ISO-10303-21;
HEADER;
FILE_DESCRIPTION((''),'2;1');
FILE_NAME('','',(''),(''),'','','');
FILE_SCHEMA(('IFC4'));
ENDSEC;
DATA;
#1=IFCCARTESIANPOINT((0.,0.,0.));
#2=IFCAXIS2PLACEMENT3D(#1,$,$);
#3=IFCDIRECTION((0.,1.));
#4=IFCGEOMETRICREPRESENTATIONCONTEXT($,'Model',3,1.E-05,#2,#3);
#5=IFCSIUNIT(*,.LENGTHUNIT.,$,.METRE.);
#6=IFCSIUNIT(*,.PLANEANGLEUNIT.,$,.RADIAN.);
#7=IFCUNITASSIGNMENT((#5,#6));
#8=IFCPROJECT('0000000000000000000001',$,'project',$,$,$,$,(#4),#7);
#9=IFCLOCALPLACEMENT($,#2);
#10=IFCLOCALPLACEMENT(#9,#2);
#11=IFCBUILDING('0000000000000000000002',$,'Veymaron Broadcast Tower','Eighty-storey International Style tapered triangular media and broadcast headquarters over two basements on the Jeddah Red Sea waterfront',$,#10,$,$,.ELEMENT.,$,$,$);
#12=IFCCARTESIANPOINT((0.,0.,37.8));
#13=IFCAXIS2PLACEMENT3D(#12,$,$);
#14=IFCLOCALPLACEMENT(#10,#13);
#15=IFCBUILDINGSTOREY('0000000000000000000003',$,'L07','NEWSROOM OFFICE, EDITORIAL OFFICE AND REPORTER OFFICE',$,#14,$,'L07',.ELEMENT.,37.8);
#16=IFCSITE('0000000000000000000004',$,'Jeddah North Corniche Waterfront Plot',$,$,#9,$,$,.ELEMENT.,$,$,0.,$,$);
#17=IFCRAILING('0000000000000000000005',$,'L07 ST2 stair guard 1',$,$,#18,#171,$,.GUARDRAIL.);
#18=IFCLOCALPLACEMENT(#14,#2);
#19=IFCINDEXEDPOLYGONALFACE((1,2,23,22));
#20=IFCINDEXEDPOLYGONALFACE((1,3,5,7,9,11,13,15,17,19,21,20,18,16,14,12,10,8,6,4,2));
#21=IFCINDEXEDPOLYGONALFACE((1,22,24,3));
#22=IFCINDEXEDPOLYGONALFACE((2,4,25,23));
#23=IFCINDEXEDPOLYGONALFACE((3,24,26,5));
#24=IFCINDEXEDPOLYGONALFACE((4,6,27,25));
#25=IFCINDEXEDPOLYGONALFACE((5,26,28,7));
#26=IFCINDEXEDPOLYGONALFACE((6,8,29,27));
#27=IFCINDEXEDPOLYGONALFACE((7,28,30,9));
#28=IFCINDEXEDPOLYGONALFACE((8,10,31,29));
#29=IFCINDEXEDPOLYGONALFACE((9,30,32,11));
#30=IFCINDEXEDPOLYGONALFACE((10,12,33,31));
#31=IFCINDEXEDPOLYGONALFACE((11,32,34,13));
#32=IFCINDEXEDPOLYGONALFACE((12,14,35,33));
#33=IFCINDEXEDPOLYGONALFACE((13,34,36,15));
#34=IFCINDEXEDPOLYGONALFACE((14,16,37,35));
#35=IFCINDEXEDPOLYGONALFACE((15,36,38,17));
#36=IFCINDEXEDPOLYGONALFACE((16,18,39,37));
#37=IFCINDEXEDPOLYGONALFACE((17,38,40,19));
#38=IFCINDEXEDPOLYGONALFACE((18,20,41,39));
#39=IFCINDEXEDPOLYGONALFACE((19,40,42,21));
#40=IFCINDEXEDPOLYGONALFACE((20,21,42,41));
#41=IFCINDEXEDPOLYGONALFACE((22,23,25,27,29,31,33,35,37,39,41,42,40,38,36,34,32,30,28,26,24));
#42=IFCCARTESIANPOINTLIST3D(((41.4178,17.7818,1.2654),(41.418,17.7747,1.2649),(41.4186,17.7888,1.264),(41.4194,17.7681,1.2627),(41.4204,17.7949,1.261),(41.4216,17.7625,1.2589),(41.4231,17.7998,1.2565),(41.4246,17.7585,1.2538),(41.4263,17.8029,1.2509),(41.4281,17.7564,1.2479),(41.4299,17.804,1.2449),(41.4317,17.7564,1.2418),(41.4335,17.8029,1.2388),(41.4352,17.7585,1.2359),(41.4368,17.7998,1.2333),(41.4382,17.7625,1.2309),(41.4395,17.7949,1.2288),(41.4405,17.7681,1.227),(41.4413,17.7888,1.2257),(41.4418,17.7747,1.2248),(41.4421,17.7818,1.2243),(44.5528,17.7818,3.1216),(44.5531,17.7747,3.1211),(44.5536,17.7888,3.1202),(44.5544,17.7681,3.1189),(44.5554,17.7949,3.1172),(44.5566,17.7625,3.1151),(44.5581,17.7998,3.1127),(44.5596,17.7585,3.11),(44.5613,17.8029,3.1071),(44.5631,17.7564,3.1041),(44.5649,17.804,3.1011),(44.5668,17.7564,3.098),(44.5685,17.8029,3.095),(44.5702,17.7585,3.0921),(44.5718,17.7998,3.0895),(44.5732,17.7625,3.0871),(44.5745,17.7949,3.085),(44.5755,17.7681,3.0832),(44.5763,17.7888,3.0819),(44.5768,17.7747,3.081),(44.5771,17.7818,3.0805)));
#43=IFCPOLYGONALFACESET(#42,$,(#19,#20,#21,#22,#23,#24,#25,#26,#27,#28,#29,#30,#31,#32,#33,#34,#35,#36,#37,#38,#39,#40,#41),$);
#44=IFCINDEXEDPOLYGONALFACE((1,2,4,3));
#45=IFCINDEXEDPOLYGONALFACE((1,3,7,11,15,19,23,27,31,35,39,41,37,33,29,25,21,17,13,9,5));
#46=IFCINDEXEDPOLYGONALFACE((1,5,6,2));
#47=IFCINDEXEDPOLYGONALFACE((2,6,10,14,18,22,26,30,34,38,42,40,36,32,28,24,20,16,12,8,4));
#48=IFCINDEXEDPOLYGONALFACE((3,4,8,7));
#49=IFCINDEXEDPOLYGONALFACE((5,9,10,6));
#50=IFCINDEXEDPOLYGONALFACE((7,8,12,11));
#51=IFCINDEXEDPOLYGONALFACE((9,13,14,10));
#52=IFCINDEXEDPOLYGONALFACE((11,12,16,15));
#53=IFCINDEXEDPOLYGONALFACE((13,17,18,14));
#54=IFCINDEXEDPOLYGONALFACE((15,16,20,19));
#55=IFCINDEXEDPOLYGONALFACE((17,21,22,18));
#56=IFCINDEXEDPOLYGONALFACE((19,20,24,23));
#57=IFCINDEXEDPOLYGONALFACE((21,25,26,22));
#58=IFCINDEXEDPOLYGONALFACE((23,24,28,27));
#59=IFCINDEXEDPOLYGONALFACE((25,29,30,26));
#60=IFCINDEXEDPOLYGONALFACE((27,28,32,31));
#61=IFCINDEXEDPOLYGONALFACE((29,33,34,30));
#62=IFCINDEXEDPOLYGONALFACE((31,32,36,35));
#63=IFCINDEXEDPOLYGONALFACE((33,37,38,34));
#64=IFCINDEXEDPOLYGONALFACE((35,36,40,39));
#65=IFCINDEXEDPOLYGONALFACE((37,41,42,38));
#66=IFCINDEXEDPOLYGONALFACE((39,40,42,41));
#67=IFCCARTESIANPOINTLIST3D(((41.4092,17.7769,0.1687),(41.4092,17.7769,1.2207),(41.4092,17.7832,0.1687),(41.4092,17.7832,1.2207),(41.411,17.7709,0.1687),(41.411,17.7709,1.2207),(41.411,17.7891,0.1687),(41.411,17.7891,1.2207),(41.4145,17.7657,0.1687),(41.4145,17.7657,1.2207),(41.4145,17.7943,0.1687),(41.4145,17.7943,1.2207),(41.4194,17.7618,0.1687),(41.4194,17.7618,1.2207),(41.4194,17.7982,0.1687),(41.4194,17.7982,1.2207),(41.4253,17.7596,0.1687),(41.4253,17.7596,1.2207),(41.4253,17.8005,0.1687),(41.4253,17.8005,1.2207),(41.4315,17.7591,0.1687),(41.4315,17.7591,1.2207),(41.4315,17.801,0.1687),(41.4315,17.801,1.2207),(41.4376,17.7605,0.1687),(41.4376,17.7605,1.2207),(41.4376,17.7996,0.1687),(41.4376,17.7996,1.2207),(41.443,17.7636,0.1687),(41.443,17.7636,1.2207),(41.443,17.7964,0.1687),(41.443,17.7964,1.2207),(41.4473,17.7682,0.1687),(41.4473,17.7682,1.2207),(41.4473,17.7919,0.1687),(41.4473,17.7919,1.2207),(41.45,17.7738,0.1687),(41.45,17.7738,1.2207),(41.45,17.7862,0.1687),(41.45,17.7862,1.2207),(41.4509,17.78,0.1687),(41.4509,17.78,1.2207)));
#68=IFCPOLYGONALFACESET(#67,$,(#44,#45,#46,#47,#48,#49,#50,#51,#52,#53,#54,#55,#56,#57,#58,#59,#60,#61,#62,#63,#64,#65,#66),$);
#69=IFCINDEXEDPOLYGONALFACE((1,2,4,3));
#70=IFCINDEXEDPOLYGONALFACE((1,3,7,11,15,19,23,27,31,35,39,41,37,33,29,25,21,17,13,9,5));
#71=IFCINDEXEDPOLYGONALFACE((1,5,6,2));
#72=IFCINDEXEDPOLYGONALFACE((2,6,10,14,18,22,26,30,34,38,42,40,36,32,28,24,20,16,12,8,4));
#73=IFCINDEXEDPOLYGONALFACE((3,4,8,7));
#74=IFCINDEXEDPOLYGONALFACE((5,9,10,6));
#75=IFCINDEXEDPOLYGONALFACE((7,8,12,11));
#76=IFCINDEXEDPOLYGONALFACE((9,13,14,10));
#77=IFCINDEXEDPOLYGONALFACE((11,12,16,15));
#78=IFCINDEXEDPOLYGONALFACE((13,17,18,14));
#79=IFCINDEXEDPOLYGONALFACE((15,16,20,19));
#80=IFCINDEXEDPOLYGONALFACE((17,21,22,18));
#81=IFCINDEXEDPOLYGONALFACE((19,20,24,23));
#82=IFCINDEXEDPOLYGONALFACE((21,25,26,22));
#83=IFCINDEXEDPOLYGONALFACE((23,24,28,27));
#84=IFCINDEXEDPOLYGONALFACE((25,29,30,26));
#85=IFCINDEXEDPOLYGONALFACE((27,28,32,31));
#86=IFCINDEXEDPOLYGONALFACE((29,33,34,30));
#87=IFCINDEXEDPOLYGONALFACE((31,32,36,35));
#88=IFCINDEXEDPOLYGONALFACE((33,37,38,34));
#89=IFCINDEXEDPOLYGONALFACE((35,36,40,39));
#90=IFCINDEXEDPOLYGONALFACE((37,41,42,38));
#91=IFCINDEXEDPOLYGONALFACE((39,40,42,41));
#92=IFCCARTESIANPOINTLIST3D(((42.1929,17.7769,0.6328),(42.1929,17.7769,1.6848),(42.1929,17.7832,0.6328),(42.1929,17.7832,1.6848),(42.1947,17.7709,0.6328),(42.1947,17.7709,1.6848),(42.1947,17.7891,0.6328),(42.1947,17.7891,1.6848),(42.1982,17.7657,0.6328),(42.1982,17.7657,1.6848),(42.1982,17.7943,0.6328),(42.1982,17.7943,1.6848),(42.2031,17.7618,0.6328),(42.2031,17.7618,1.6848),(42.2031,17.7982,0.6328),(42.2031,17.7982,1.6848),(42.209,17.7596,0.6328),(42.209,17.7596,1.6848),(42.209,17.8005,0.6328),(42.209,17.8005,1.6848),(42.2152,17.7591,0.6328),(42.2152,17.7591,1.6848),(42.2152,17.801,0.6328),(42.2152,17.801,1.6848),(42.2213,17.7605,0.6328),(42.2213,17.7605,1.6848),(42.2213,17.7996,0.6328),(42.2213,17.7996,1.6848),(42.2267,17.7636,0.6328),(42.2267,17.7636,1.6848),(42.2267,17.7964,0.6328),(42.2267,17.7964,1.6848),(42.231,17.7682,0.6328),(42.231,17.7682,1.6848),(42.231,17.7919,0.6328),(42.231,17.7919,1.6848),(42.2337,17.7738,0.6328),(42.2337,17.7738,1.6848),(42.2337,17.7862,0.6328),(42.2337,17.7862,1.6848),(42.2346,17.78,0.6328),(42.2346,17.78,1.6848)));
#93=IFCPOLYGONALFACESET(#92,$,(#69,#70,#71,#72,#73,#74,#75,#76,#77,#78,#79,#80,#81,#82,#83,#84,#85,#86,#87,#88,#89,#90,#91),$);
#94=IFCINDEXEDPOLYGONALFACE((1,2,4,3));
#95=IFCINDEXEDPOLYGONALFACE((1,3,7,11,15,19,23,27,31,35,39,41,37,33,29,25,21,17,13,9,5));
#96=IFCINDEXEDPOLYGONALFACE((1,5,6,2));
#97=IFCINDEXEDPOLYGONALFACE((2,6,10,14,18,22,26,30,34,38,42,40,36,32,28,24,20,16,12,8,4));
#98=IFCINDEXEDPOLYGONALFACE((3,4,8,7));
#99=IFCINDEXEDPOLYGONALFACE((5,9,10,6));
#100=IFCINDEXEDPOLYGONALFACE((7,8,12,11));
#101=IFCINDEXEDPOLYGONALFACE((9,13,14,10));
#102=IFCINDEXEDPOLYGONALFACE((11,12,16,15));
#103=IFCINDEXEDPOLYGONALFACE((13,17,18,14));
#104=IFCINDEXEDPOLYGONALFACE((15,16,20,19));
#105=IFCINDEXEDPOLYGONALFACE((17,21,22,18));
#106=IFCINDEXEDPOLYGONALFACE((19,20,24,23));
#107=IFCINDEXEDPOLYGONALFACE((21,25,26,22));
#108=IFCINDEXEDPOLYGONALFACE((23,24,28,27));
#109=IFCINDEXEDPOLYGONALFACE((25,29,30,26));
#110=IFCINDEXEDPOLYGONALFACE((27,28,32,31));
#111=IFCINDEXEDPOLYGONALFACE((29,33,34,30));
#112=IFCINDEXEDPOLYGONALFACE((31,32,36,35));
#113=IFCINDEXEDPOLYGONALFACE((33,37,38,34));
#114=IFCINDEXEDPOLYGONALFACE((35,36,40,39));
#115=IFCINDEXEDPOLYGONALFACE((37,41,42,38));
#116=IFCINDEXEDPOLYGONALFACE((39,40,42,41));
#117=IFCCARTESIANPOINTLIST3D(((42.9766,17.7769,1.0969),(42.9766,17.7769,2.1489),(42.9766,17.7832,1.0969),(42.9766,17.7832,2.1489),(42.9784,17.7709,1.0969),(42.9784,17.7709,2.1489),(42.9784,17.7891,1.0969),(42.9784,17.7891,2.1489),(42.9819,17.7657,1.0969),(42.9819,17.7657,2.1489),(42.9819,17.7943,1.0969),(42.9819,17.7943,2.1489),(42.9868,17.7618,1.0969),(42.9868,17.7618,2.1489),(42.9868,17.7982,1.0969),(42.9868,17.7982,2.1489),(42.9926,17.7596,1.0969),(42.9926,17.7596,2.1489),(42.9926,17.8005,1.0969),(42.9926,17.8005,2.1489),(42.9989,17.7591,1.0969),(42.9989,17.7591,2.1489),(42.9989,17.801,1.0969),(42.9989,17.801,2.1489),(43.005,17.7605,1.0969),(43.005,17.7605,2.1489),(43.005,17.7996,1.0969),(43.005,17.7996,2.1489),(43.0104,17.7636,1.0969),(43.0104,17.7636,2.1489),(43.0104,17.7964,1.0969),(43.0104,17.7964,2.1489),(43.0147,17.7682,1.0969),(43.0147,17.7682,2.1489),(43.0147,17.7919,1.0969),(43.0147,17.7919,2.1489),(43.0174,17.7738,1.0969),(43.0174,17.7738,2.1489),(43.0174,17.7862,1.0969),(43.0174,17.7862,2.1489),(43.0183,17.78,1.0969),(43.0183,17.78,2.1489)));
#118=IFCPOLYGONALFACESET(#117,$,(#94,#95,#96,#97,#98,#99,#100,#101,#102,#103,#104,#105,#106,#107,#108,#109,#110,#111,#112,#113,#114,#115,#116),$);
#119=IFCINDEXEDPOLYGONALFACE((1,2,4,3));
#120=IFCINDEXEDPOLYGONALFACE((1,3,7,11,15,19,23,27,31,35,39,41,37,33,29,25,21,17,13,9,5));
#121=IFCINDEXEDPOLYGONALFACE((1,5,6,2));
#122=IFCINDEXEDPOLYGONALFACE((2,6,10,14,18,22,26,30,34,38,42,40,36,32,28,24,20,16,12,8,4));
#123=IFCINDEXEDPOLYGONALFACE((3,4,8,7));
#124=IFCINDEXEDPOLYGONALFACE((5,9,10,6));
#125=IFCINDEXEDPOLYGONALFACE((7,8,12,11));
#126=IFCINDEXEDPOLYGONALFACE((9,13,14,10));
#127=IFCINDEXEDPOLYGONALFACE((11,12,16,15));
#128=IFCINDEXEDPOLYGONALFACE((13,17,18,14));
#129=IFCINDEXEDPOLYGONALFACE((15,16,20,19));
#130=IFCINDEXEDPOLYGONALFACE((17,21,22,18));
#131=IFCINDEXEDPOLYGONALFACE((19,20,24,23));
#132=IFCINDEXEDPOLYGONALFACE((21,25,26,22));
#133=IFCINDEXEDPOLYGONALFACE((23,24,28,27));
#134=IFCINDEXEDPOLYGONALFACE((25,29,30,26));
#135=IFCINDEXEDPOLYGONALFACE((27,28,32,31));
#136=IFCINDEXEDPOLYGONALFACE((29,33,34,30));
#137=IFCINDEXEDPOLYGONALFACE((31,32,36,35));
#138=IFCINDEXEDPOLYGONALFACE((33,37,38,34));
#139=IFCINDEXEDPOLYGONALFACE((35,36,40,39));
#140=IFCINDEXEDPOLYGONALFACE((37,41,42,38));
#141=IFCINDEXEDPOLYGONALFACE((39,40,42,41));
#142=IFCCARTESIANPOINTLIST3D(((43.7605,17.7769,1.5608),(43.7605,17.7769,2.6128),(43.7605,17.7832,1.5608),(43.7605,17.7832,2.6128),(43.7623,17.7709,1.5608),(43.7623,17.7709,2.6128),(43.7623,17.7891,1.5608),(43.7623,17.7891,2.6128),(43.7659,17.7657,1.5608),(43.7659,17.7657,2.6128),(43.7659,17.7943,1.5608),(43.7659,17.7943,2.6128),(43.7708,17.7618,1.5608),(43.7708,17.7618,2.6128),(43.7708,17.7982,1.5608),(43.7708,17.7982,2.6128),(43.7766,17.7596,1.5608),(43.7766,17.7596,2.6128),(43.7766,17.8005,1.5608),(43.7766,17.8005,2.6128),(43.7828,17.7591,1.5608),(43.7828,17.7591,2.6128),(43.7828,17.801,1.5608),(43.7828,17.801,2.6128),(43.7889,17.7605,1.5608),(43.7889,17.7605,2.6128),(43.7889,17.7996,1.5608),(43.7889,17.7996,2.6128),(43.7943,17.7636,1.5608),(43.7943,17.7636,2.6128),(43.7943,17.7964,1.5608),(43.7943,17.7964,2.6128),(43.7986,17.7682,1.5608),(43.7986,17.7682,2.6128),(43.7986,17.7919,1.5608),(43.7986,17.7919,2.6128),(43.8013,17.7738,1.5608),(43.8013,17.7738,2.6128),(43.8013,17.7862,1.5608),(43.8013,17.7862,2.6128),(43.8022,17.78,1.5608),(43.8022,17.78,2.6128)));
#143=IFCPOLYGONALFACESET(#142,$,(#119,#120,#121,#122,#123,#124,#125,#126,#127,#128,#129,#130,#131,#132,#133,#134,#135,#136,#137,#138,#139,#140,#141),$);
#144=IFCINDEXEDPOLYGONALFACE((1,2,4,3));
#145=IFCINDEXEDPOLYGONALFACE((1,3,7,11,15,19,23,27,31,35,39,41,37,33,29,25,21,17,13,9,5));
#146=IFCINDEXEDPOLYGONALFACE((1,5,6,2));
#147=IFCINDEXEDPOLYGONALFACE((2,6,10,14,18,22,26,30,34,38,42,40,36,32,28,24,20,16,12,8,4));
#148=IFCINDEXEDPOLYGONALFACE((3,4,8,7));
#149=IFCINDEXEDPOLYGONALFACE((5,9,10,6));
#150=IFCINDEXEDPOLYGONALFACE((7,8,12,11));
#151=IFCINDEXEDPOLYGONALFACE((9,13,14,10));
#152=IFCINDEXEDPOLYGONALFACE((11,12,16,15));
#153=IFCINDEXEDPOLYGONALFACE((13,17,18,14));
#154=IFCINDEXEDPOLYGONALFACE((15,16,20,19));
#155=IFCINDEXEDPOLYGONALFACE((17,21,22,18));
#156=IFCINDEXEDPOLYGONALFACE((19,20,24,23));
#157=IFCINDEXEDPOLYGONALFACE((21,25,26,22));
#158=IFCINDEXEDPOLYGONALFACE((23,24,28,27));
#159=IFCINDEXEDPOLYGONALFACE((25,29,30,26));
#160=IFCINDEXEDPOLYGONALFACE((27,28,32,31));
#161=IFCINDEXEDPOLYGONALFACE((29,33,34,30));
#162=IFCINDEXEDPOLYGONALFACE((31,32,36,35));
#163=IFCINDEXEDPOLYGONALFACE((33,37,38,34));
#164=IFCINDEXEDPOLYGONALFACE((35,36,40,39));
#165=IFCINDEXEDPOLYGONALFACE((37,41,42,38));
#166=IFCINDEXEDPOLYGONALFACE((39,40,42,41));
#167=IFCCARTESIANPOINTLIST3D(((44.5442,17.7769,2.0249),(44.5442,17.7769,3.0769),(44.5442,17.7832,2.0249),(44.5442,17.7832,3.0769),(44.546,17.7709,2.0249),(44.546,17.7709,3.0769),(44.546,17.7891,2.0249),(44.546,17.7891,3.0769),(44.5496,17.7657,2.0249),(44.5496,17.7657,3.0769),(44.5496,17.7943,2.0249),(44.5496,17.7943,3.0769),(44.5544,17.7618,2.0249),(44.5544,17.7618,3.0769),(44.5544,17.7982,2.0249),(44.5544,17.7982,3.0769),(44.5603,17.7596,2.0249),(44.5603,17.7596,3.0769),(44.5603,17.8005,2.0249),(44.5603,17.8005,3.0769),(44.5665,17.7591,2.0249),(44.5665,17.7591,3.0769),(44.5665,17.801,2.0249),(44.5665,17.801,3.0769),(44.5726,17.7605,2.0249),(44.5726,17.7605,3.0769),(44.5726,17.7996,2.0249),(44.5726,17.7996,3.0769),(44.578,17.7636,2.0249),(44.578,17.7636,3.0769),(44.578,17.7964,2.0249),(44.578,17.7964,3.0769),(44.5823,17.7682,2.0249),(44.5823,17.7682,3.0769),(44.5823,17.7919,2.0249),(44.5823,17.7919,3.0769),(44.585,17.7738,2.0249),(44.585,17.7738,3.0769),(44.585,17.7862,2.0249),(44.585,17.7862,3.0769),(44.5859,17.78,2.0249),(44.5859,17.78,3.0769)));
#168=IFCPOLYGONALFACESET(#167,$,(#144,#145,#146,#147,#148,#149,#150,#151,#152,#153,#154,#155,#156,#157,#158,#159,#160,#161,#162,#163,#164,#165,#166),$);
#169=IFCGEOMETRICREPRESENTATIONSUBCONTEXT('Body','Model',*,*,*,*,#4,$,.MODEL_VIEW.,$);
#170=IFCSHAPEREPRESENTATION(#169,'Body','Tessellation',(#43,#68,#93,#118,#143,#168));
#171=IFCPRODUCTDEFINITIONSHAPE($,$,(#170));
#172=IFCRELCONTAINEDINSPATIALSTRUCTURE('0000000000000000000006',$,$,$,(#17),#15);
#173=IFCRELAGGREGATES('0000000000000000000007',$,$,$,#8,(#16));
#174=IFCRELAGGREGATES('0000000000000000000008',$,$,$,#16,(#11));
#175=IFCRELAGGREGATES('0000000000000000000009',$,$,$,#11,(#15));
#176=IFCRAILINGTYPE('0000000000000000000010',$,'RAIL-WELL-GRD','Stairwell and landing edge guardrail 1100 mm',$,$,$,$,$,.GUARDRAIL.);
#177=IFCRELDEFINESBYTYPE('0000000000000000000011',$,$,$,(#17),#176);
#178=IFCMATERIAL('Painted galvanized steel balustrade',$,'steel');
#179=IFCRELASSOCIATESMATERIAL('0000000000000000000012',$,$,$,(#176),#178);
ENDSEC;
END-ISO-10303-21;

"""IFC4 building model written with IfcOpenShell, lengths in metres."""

from ifc_helpers import new_model, si_unit, direction, frame, origin, origin_2d, place, context, subcontext, project, spatial, circle, extrude, material, type_object, element, save


model = new_model("IFC4")

# Units and contexts
model_context = context("Model", 3, precision=1e-05, world=origin(), true_north=direction((0.0, 1.0)))
body_context = subcontext(model_context, "Body", "Model", "MODEL_VIEW")
ifc_project = project(units=[si_unit("LENGTHUNIT", "METRE"), si_unit("PLANEANGLEUNIT", "RADIAN")], contexts=[model_context])

# Site, building, storey
site_placement = place(None, origin())
site = spatial("IfcSite", under=ifc_project, at=site_placement, Name="Jeddah North Corniche Waterfront Plot", CompositionType="ELEMENT", RefElevation=0.0)
building_placement = place(site_placement, origin())
building = spatial("IfcBuilding", under=site, at=building_placement, Name="Veymaron Broadcast Tower", Description="Eighty-storey International Style tapered triangular media and broadcast headquarters over two basements on the Jeddah Red Sea waterfront", CompositionType="ELEMENT")
storey_placement = place(building_placement, frame((0.0, 0.0, 37.8)))
storey = spatial("IfcBuildingStorey", under=building, at=storey_placement, Name="L07", Description="NEWSROOM OFFICE, EDITORIAL OFFICE AND REPORTER OFFICE", LongName="L07", CompositionType="ELEMENT", Elevation=37.8)

# Railing
ifc_material_1 = material(Name="Painted galvanized steel balustrade", Category="steel")
railing_type_1 = type_object("IfcRailingType", Name="RAIL-WELL-GRD", Description="Stairwell and landing edge guardrail 1100 mm", PredefinedType="GUARDRAIL", material=ifc_material_1)
railing_1_placement = place(storey_placement, frame((41.4299, 17.78, 0.1687)))
element("IfcRailing", 1, at=railing_1_placement, inside=storey, type_object=railing_type_1, Name="L07 ST2 stair guard 1", PredefinedType="GUARDRAIL", context=body_context, shape_type="SweptSolid", body=[
    extrude(circle(Radius=0.0239, at=origin_2d()), frame((0.0, 0.0, 1.0762), z_axis=(0.860482, 0.0, 0.509481), x_axis=(0.0, 1.0, 0.0)), (0.0, 0.0, 1.0), 3.6433),
    extrude(circle(Radius=0.021, at=origin_2d()), origin(), (0.0, 0.0, 1.0), 1.052),
    extrude(circle(Radius=0.021, at=origin_2d()), frame((0.7837, 0.0, 0.4641)), (0.0, 0.0, 1.0), 1.052),
    extrude(circle(Radius=0.021, at=origin_2d()), frame((1.5674, 0.0, 0.9282)), (0.0, 0.0, 1.0), 1.052),
    extrude(circle(Radius=0.021, at=origin_2d()), frame((2.3513, 0.0, 1.3921)), (0.0, 0.0, 1.0), 1.052),
    extrude(circle(Radius=0.021, at=origin_2d()), frame((3.135, 0.0, 1.8562)), (0.0, 0.0, 1.0), 1.052),
])

save(model, "model.ifc")
